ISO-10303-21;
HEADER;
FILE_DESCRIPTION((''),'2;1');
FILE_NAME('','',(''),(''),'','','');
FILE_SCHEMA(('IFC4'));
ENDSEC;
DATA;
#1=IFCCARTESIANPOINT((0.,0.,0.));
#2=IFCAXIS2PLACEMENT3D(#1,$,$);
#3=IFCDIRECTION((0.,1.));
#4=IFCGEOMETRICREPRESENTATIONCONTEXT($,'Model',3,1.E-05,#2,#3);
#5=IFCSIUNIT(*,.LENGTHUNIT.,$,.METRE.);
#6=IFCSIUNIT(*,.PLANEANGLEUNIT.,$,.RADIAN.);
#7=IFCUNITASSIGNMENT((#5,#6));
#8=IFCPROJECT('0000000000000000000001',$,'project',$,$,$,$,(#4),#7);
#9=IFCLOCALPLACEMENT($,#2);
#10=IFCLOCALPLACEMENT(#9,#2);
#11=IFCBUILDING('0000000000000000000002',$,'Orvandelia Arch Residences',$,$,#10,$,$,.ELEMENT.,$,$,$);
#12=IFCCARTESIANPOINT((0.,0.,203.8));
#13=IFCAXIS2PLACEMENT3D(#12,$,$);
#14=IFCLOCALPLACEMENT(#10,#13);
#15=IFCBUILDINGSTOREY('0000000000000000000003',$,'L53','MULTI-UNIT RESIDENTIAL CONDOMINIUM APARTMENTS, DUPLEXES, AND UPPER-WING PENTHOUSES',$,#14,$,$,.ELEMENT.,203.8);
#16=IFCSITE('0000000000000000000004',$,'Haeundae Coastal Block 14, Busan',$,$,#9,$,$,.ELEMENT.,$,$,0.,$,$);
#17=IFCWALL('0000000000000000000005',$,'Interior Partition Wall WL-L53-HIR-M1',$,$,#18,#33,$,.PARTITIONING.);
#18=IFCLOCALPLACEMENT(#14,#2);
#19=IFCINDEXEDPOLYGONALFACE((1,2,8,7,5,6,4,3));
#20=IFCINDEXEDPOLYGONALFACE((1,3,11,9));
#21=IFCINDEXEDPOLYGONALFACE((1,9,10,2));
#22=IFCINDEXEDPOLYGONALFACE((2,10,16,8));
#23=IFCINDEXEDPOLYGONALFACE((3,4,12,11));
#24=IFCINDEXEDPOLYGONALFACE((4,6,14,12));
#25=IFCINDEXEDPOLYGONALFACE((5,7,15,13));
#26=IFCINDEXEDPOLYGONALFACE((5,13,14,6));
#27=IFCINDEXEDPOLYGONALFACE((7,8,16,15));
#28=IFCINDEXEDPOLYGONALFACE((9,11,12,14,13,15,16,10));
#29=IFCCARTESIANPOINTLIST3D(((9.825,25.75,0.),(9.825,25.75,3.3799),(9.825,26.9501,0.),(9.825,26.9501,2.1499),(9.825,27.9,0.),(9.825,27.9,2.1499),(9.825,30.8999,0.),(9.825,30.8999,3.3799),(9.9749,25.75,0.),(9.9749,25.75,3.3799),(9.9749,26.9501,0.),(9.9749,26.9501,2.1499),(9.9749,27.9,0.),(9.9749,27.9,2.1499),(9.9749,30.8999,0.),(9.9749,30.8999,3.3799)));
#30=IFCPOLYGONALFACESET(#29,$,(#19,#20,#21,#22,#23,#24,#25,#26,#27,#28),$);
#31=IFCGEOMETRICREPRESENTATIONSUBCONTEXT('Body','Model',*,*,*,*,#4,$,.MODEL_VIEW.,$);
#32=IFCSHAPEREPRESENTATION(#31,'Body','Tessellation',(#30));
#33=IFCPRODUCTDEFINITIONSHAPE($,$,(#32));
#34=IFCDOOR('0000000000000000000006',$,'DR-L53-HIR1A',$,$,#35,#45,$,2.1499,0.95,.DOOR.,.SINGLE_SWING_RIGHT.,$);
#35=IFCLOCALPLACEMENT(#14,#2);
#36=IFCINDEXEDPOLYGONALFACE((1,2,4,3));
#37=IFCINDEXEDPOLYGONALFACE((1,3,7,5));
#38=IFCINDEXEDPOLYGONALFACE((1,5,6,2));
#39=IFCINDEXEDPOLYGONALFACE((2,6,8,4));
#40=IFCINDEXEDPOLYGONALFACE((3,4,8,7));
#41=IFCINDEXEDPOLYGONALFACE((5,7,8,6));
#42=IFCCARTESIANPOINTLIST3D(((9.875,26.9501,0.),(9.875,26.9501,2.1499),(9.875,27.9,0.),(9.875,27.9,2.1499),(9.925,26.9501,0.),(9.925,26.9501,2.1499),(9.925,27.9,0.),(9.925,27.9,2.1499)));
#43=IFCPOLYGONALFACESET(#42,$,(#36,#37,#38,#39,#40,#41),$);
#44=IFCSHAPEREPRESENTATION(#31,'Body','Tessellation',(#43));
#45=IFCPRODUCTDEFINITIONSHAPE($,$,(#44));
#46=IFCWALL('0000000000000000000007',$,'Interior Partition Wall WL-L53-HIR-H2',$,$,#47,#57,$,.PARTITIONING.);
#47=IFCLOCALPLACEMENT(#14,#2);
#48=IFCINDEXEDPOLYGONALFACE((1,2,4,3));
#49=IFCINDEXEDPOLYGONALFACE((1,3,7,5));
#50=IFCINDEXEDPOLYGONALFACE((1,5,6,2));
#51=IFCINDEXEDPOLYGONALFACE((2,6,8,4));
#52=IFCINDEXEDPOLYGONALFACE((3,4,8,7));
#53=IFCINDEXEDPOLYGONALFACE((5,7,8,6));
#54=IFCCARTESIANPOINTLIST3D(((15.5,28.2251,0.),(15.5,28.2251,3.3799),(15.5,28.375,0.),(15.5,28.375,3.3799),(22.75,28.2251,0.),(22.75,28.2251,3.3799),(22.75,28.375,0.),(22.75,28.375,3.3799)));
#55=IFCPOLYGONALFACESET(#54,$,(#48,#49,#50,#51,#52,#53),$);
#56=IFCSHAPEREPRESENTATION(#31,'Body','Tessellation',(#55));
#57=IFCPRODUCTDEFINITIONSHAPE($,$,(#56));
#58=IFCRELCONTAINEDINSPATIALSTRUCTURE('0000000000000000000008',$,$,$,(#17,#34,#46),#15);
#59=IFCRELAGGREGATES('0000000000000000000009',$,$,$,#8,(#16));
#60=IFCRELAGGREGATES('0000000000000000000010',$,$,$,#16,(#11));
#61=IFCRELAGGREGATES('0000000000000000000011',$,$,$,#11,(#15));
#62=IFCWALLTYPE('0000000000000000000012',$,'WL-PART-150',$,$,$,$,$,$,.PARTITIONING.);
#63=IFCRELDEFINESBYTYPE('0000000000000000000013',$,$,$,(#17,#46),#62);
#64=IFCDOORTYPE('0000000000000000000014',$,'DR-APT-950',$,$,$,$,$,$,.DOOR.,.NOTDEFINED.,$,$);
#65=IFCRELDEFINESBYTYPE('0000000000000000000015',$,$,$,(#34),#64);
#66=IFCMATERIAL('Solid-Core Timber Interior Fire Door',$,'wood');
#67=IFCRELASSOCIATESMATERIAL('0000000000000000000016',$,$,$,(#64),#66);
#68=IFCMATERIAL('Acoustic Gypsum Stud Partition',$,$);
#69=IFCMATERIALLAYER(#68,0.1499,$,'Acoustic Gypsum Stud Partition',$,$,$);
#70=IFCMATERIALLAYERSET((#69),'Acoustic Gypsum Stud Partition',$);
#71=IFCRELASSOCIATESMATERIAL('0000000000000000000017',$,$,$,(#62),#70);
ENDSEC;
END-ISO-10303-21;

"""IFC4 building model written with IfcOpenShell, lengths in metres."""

from ifc_helpers import new_model, si_unit, direction, frame, frame_2d, origin, place, context, subcontext, project, spatial, rectangle, extrude, material, layer, layer_set, type_object, element, fill, save


model = new_model("IFC4")

# Units and contexts
model_context = context("Model", 3, precision=1e-05, world=origin(), true_north=direction((0.0, 1.0)))
body_context = subcontext(model_context, "Body", "Model", "MODEL_VIEW")
ifc_project = project(units=[si_unit("LENGTHUNIT", "METRE"), si_unit("PLANEANGLEUNIT", "RADIAN")], contexts=[model_context])

# Site, building, storey
site_placement = place(None, origin())
site = spatial("IfcSite", under=ifc_project, at=site_placement, Name="Haeundae Coastal Block 14, Busan", CompositionType="ELEMENT", RefElevation=0.0)
building_placement = place(site_placement, origin())
building = spatial("IfcBuilding", under=site, at=building_placement, Name="Orvandelia Arch Residences", CompositionType="ELEMENT")
storey_placement = place(building_placement, frame((0.0, 0.0, 203.8)))
storey = spatial("IfcBuildingStorey", under=building, at=storey_placement, Name="L53", Description="MULTI-UNIT RESIDENTIAL CONDOMINIUM APARTMENTS, DUPLEXES, AND UPPER-WING PENTHOUSES", CompositionType="ELEMENT", Elevation=203.8)

# Shared definitions
ifc_material_1 = material(Name="Solid-Core Timber Interior Fire Door", Category="wood")
door_type_1 = type_object("IfcDoorType", Name="DR-APT-950", OperationType="NOTDEFINED", PredefinedType="DOOR", material=ifc_material_1)

# Shared definitions
ifc_material_2 = material(Name="Acoustic Gypsum Stud Partition")
ifc_layer_1 = layer(ifc_material_2, 0.1499, Name="Acoustic Gypsum Stud Partition")
ifc_layer_set_1 = layer_set([ifc_layer_1], Name="Acoustic Gypsum Stud Partition")
wall_type_1 = type_object("IfcWallType", Name="WL-PART-150", PredefinedType="PARTITIONING", material=ifc_layer_set_1)

# Wall, opening, door
wall_1_placement = place(storey_placement, frame((9.8999, 25.75, 0.0), z_axis=(0.0, 0.0, 1.0), x_axis=(0.0, 1.0, 0.0)))
wall_1 = element("IfcWall", 1, at=wall_1_placement, inside=storey, type_object=wall_type_1, Name="Interior Partition Wall WL-L53-HIR-M1", PredefinedType="PARTITIONING", context=body_context, shape_type="SweptSolid", body=[
    extrude(rectangle(XDim=5.1499, YDim=0.1499, at=frame_2d((2.575, 0.0))), origin(), (0.0, 0.0, 1.0), 3.3799),
])
opening_1_placement = place(wall_1_placement, frame((1.2, 0.0, 0.0)))
opening_1 = element("IfcOpeningElement", 2, at=opening_1_placement, cuts=wall_1, PredefinedType="OPENING", context=body_context, shape_type="SweptSolid", body=[
    extrude(rectangle(XDim=0.95, YDim=2.1499, at=frame_2d((0.4751, 1.075))), frame((0.0, 0.085, 0.0), z_axis=(0.0, -1.0, 0.0), x_axis=(1.0, 0.0, 0.0)), (0.0, 0.0, 1.0), 0.1699),
])
door_1_placement = place(opening_1_placement, origin())
door_1 = element("IfcDoor", 3, at=door_1_placement, inside=storey, type_object=door_type_1, Name="DR-L53-HIR1A", OperationType="SINGLE_SWING_RIGHT", OverallHeight=2.1499, OverallWidth=0.95, PredefinedType="DOOR", context=body_context, shape_type="SweptSolid", body=[
    extrude(rectangle(XDim=0.95, YDim=2.1499, at=frame_2d((0.4751, 1.075))), frame((0.0, 0.0249, 0.0), z_axis=(0.0, -1.0, 0.0), x_axis=(1.0, 0.0, 0.0)), (0.0, 0.0, 1.0), 0.05),
])
fill(opening_1, door_1)

# Wall
wall_2_placement = place(storey_placement, frame((15.5, 28.3, 0.0), z_axis=(0.0, 0.0, 1.0), x_axis=(1.0, 0.0, 0.0)))
element("IfcWall", 4, at=wall_2_placement, inside=storey, type_object=wall_type_1, Name="Interior Partition Wall WL-L53-HIR-H2", PredefinedType="PARTITIONING", context=body_context, shape_type="SweptSolid", body=[
    extrude(rectangle(XDim=7.25, YDim=0.1499, at=frame_2d((3.625, 0.0))), origin(), (0.0, 0.0, 1.0), 3.3799),
])

save(model, "model.ifc")
